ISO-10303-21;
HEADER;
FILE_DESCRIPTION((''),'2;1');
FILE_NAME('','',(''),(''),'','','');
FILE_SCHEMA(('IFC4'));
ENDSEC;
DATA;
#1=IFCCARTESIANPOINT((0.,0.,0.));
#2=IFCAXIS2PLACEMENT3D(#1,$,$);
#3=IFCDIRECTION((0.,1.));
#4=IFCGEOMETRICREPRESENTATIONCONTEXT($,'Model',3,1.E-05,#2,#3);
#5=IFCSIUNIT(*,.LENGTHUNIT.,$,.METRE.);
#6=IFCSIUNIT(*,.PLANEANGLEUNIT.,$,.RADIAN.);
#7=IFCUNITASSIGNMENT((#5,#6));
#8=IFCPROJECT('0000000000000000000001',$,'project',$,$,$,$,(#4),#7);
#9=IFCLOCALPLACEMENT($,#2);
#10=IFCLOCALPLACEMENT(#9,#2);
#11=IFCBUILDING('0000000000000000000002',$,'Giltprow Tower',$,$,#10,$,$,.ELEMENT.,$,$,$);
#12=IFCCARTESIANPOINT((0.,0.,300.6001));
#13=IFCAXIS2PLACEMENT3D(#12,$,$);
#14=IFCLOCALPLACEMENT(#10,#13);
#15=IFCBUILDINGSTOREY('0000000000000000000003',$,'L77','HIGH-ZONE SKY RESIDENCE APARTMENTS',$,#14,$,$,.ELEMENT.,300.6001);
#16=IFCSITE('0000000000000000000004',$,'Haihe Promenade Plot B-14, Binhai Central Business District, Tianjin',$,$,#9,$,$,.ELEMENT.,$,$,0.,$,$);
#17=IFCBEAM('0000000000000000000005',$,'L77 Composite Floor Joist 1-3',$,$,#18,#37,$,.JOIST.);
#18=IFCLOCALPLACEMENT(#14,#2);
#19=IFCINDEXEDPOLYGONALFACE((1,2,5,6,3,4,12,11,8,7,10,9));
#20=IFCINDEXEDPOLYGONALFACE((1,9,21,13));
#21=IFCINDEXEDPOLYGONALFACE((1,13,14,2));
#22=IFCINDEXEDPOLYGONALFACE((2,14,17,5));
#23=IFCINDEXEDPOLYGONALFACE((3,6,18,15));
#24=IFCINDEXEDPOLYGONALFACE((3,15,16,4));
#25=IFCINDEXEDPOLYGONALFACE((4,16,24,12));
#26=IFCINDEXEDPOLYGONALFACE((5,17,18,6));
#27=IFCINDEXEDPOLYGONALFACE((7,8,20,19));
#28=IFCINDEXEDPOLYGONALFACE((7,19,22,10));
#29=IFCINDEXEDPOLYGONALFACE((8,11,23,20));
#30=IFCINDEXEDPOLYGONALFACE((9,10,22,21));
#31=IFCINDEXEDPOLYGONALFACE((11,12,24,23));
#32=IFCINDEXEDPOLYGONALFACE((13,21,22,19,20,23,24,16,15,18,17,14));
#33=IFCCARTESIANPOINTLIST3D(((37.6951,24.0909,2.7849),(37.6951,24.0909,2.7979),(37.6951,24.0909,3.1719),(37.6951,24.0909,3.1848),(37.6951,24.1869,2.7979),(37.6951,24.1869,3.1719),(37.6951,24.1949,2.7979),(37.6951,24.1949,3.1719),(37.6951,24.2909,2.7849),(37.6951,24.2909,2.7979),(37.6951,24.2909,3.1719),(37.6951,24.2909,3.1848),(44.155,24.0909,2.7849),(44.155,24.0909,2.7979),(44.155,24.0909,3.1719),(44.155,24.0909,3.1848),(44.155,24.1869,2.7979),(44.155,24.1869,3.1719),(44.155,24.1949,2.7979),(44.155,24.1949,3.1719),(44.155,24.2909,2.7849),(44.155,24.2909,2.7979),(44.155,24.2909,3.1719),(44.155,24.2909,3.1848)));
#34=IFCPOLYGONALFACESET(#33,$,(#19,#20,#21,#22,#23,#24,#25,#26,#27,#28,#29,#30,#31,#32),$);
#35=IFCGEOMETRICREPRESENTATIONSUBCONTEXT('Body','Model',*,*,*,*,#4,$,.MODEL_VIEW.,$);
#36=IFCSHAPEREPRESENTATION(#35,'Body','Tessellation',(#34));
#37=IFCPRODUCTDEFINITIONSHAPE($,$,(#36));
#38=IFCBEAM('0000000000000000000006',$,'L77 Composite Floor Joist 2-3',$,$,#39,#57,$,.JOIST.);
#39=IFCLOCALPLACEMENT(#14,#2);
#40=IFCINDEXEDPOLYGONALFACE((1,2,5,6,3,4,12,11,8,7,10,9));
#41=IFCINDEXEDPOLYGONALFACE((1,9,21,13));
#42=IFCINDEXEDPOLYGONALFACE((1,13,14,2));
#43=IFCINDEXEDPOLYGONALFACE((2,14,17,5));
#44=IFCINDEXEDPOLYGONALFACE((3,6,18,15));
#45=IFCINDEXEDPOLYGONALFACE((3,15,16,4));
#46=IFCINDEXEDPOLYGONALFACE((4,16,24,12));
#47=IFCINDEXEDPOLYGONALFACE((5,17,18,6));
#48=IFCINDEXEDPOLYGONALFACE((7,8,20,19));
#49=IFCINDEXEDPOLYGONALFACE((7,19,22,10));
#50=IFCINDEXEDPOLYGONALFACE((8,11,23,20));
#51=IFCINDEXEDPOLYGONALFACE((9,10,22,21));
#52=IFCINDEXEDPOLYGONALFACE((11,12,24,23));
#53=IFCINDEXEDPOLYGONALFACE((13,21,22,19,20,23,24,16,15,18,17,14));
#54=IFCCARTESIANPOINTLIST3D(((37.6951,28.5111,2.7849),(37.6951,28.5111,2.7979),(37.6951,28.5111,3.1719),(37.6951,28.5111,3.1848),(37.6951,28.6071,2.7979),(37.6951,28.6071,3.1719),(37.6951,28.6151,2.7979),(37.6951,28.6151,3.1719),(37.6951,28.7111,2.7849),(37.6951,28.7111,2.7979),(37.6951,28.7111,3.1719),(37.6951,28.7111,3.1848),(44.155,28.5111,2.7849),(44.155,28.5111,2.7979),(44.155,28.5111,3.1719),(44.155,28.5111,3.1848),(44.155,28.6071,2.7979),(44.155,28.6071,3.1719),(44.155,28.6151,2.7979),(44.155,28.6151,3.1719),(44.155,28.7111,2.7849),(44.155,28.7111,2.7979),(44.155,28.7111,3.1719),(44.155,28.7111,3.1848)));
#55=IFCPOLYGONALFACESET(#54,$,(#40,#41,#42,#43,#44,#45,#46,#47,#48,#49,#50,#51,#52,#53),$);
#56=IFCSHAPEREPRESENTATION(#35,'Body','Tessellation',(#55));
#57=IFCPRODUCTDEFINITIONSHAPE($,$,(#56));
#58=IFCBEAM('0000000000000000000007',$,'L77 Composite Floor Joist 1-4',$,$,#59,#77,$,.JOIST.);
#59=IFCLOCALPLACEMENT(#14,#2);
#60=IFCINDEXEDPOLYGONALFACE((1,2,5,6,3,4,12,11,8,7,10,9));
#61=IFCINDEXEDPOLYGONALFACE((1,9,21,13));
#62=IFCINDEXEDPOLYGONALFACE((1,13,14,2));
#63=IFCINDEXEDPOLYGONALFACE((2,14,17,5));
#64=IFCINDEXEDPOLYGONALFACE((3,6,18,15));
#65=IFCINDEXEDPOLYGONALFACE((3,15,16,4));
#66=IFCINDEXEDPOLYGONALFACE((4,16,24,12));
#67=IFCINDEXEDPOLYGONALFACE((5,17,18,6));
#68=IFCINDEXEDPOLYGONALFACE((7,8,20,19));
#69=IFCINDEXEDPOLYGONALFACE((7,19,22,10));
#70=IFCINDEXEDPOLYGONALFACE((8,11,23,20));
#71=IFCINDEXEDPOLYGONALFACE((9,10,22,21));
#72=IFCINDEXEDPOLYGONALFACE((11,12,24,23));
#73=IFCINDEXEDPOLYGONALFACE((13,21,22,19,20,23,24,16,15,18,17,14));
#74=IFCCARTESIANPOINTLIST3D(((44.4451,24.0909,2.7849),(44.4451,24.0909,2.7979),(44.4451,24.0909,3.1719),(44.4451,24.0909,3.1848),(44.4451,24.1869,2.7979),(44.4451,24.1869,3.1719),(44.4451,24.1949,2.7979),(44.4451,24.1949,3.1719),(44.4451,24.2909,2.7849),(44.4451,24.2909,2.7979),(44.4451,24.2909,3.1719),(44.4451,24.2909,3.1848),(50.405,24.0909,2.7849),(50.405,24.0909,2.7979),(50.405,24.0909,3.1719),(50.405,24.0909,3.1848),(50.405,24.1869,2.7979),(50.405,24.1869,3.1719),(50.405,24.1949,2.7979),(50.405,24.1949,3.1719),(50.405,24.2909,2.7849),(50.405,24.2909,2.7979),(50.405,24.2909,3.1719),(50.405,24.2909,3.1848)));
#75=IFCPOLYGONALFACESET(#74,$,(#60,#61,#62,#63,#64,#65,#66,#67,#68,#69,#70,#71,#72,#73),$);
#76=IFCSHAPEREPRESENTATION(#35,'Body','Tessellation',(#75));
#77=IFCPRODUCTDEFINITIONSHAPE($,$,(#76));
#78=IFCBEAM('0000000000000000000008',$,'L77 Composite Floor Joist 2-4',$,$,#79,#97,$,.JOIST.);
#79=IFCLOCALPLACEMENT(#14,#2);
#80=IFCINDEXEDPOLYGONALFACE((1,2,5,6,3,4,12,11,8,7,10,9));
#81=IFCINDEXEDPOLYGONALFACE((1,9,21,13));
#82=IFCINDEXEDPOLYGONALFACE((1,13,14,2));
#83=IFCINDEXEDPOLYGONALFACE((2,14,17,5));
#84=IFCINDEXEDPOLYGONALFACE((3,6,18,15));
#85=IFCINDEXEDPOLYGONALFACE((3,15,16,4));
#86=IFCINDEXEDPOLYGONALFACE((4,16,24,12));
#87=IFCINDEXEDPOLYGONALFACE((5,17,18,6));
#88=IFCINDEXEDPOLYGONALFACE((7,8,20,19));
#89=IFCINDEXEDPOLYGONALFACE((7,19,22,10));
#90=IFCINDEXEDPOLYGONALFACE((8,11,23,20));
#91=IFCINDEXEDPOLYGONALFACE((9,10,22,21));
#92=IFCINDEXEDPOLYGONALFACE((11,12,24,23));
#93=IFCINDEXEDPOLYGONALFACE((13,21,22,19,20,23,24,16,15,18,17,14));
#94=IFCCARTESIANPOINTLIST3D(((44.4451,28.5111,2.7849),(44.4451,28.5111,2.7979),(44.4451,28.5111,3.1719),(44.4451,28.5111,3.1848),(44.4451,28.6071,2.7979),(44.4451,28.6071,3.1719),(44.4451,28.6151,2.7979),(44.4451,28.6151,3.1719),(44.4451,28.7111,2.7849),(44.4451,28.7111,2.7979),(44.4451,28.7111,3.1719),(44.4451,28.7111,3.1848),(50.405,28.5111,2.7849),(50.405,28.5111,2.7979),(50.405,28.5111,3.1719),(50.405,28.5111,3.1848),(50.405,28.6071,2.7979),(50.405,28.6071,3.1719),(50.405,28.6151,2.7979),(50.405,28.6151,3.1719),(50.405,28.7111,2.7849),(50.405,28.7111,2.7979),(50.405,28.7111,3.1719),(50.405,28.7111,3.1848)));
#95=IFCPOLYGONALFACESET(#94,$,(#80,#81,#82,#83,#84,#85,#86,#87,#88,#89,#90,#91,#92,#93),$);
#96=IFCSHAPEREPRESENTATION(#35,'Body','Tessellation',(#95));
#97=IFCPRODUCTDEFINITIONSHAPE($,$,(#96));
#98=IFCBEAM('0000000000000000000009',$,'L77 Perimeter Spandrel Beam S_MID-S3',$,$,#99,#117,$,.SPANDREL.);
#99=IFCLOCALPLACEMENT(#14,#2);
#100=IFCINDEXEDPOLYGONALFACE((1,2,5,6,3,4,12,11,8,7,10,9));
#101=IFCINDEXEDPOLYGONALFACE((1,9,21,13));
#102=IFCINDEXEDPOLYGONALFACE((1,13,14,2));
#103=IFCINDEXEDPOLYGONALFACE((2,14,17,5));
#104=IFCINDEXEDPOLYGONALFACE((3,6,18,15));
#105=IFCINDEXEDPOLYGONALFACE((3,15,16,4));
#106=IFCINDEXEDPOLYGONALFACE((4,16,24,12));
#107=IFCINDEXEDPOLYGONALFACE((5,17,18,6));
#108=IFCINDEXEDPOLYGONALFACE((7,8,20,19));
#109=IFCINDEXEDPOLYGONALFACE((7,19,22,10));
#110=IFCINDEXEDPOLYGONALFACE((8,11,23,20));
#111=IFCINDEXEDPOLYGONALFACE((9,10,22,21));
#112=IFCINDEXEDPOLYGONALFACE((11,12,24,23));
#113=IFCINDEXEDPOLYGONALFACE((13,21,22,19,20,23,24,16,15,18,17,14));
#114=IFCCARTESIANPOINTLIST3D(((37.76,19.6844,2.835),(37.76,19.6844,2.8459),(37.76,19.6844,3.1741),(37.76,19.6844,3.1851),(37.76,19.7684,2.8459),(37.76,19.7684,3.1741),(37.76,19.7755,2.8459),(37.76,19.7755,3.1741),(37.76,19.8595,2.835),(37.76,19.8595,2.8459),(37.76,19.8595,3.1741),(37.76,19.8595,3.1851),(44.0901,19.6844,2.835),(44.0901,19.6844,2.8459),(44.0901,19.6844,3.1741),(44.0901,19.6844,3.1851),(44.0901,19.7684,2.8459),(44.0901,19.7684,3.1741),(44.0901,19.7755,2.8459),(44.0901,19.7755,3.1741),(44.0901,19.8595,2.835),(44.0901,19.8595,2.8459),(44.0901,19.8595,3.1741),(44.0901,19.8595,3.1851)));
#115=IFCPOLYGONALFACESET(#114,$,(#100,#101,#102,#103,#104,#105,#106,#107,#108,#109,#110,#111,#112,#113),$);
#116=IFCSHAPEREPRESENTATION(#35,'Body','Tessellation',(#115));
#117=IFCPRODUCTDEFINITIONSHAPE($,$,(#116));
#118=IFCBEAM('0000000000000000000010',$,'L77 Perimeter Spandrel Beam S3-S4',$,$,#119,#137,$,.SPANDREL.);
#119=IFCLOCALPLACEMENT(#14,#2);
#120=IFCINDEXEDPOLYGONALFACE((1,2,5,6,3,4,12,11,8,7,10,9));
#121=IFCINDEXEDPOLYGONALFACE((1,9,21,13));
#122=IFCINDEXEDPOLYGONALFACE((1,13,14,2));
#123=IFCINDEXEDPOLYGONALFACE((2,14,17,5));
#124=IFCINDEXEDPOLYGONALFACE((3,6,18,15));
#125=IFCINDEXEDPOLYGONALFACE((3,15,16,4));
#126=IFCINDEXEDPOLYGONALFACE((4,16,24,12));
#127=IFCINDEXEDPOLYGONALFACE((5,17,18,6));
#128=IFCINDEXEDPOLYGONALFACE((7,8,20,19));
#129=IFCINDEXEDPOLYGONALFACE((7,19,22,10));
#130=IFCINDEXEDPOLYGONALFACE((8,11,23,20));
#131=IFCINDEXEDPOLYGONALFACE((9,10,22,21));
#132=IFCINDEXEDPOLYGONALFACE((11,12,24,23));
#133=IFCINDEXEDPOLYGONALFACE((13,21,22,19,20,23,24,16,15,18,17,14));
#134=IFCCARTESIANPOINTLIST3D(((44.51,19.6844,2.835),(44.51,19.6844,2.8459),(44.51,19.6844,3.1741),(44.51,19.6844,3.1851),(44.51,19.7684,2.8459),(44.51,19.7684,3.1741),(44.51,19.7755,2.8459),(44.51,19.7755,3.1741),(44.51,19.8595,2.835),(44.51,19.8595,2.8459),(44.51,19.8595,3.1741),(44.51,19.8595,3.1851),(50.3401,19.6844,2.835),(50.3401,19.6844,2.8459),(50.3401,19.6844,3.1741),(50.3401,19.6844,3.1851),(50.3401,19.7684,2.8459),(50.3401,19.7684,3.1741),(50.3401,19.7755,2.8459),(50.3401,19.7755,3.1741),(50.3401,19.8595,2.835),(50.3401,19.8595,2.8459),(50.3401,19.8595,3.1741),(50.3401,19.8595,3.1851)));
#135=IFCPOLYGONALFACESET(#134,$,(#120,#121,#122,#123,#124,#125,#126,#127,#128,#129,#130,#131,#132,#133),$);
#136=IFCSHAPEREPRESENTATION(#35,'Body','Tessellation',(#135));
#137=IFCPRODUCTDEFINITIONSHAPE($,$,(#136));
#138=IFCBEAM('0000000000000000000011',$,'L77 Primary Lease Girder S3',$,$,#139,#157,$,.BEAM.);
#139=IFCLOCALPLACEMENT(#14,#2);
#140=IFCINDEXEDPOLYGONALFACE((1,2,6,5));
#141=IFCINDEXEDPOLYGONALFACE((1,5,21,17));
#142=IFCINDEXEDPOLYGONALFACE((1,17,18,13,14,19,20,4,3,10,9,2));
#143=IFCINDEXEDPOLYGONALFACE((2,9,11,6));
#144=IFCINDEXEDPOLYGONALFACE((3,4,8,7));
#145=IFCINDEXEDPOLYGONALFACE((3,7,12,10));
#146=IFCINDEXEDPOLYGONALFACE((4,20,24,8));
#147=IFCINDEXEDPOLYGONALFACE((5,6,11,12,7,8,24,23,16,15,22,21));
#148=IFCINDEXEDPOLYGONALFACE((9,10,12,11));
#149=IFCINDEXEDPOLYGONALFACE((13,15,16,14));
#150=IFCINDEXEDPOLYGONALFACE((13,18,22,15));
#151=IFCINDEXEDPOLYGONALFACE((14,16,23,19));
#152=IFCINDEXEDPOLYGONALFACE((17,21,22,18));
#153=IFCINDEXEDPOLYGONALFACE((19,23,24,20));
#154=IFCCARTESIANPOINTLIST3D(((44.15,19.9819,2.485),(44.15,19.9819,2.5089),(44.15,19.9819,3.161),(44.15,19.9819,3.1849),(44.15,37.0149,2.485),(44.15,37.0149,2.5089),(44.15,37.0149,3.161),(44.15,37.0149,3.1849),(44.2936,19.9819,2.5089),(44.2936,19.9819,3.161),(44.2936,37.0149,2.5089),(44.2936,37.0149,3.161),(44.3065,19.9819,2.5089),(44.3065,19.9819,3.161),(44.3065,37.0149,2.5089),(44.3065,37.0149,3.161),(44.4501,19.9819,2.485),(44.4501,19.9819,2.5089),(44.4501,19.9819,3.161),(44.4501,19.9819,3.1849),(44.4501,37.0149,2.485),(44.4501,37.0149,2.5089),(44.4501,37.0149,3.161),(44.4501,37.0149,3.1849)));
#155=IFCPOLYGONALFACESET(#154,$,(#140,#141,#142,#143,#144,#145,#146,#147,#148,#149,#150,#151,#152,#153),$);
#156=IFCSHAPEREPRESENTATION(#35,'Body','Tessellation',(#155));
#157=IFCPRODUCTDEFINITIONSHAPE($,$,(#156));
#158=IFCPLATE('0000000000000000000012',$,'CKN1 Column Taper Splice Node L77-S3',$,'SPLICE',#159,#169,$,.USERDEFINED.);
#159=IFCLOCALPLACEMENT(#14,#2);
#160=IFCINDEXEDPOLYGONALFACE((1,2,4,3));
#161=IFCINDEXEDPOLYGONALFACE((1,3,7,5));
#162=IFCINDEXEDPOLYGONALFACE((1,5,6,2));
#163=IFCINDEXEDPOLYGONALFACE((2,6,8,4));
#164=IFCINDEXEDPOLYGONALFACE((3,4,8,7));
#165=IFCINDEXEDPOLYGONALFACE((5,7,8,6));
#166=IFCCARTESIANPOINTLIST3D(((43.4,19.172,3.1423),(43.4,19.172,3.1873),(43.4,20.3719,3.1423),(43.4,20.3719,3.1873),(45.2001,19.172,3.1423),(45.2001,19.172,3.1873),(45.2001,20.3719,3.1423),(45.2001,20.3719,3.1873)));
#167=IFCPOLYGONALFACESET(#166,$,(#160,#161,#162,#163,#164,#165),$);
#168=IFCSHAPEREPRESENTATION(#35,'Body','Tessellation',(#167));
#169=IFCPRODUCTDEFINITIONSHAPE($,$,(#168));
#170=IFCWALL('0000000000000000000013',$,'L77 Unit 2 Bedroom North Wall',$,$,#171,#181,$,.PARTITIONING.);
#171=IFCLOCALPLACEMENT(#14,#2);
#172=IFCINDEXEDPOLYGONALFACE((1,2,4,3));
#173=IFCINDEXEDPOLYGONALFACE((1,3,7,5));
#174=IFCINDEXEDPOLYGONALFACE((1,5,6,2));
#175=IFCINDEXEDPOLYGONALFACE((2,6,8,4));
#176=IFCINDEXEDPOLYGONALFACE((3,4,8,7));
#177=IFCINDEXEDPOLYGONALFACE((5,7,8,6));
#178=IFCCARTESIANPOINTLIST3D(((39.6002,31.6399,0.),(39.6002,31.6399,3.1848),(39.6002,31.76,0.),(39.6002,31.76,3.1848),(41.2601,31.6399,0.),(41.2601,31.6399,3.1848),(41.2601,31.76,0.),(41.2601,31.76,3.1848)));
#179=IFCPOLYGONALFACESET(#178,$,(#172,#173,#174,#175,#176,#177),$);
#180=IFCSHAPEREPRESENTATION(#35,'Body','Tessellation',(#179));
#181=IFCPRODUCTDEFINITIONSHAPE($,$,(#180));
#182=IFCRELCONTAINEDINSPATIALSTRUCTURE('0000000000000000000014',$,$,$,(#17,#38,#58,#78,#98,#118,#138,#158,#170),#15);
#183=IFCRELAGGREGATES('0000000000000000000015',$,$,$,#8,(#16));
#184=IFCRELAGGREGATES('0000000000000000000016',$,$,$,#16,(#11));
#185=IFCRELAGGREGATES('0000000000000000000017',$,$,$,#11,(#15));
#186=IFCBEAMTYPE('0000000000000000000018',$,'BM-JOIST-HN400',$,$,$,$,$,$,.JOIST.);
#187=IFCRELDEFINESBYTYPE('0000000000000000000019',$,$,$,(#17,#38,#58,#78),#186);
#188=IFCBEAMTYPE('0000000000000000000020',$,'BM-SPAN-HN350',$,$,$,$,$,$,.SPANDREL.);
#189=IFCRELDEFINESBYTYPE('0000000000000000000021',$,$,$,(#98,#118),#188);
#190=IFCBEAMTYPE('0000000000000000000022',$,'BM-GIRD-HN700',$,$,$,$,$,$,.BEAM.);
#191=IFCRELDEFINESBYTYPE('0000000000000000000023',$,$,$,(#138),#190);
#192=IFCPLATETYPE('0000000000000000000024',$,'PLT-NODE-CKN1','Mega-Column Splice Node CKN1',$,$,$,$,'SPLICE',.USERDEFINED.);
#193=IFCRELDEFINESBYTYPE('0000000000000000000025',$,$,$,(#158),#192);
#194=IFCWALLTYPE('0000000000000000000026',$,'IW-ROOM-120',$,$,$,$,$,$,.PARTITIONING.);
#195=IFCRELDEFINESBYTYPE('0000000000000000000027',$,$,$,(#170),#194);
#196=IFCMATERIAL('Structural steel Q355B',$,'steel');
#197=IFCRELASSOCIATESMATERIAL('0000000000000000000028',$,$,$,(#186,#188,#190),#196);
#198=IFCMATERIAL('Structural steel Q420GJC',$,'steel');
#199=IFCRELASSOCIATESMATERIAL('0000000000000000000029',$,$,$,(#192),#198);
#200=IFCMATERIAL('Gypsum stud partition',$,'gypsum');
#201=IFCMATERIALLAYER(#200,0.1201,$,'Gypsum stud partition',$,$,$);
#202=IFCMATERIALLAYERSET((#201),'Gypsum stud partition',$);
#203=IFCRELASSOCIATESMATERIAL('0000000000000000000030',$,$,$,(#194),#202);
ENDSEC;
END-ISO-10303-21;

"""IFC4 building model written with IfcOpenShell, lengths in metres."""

from ifc_helpers import new_model, si_unit, direction, frame, frame_2d, origin, origin_2d, place, context, subcontext, project, spatial, rectangle, i_section, extrude, source, transform, mapped, material, layer, layer_set, material_profile, profile_set, type_object, element, save


model = new_model("IFC4")

# Units and contexts
model_context = context("Model", 3, precision=1e-05, world=origin(), true_north=direction((0.0, 1.0)))
body_context = subcontext(model_context, "Body", "Model", "MODEL_VIEW")
ifc_project = project(units=[si_unit("LENGTHUNIT", "METRE"), si_unit("PLANEANGLEUNIT", "RADIAN")], contexts=[model_context])

# Site, building, storey
site_placement = place(None, origin())
site = spatial("IfcSite", under=ifc_project, at=site_placement, Name="Haihe Promenade Plot B-14, Binhai Central Business District, Tianjin", CompositionType="ELEMENT", RefElevation=0.0)
building_placement = place(site_placement, origin())
building = spatial("IfcBuilding", under=site, at=building_placement, Name="Giltprow Tower", CompositionType="ELEMENT")
storey_placement = place(building_placement, frame((0.0, 0.0, 300.6001)))
storey = spatial("IfcBuildingStorey", under=building, at=storey_placement, Name="L77", Description="HIGH-ZONE SKY RESIDENCE APARTMENTS", CompositionType="ELEMENT", Elevation=300.6001)

# Beams
ifc_material_1 = material(Name="Structural steel Q355B", Category="steel")
ifc_material_profile_1 = material_profile(ifc_material_1, i_section(OverallWidth=0.2, OverallDepth=0.3999, WebThickness=0.0081, FlangeThickness=0.0129, at=origin_2d()), Name="HN 400x200x8x13")
ifc_profile_set_1 = profile_set([ifc_material_profile_1], Name="Structural steel Q355B")
beam_type_1 = type_object("IfcBeamType", Name="BM-JOIST-HN400", PredefinedType="JOIST", material=ifc_profile_set_1)
shared_shape_1 = source(origin(), body_context, "Body", "SweptSolid", [
    extrude(i_section(OverallWidth=0.2, OverallDepth=0.3999, WebThickness=0.0081, FlangeThickness=0.0129, at=origin_2d()), origin(), (0.0, 0.0, 1.0), 6.46),
])
for number, where, z_axis, x_axis, name in (
    (1, (37.6951, 24.1909, 2.9849), (1.0, 0.0, 0.0), (0.0, 1.0, 0.0), "L77 Composite Floor Joist 1-3"),
    (2, (37.6951, 28.6111, 2.9849), (1.0, 0.0, 0.0), (0.0, 1.0, 0.0), "L77 Composite Floor Joist 2-3"),
):
    element("IfcBeam", number, at=place(storey_placement, frame(where, z_axis=z_axis, x_axis=x_axis)), inside=storey, type_object=beam_type_1, Name=name, PredefinedType="JOIST", context=body_context, shape_type="MappedRepresentation", body=[
        mapped(shared_shape_1, transform((0.0, 0.0, 0.0), x_axis=(1.0, 0.0, 0.0), y_axis=(0.0, 1.0, 0.0), z_axis=(0.0, 0.0, 1.0), scale=1.0)),
    ])
shared_shape_2 = source(origin(), body_context, "Body", "SweptSolid", [
    extrude(i_section(OverallWidth=0.2, OverallDepth=0.3999, WebThickness=0.0081, FlangeThickness=0.0129, at=origin_2d()), origin(), (0.0, 0.0, 1.0), 5.96),
])
for number, where, z_axis, x_axis, name in (
    (3, (44.4451, 24.1909, 2.9849), (1.0, 0.0, 0.0), (0.0, 1.0, 0.0), "L77 Composite Floor Joist 1-4"),
    (4, (44.4451, 28.6111, 2.9849), (1.0, 0.0, 0.0), (0.0, 1.0, 0.0), "L77 Composite Floor Joist 2-4"),
):
    element("IfcBeam", number, at=place(storey_placement, frame(where, z_axis=z_axis, x_axis=x_axis)), inside=storey, type_object=beam_type_1, Name=name, PredefinedType="JOIST", context=body_context, shape_type="MappedRepresentation", body=[
        mapped(shared_shape_2, transform((0.0, 0.0, 0.0), x_axis=(1.0, 0.0, 0.0), y_axis=(0.0, 1.0, 0.0), z_axis=(0.0, 0.0, 1.0), scale=1.0)),
    ])
ifc_material_profile_2 = material_profile(ifc_material_1, i_section(OverallWidth=0.175, OverallDepth=0.3501, WebThickness=0.0071, FlangeThickness=0.011, at=origin_2d()), Name="HN 350x175x7x11")
ifc_profile_set_2 = profile_set([ifc_material_profile_2], Name="Structural steel Q355B")
beam_type_2 = type_object("IfcBeamType", Name="BM-SPAN-HN350", PredefinedType="SPANDREL", material=ifc_profile_set_2)
shared_shape_3 = source(origin(), body_context, "Body", "SweptSolid", [
    extrude(i_section(OverallWidth=0.175, OverallDepth=0.3501, WebThickness=0.0071, FlangeThickness=0.011, at=origin_2d()), origin(), (0.0, 0.0, 1.0), 6.3301),
])
beam_1_placement = place(storey_placement, frame((37.76, 19.772, 3.01), z_axis=(1.0, 0.0, 0.0), x_axis=(0.0, 1.0, 0.0)))
element("IfcBeam", 5, at=beam_1_placement, inside=storey, type_object=beam_type_2, Name="L77 Perimeter Spandrel Beam S_MID-S3", PredefinedType="SPANDREL", context=body_context, shape_type="MappedRepresentation", body=[
    mapped(shared_shape_3, transform((0.0, 0.0, 0.0), x_axis=(1.0, 0.0, 0.0), y_axis=(0.0, 1.0, 0.0), z_axis=(0.0, 0.0, 1.0), scale=1.0)),
])
shared_shape_4 = source(origin(), body_context, "Body", "SweptSolid", [
    extrude(i_section(OverallWidth=0.175, OverallDepth=0.3501, WebThickness=0.0071, FlangeThickness=0.011, at=origin_2d()), origin(), (0.0, 0.0, 1.0), 5.8301),
])
beam_2_placement = place(storey_placement, frame((44.51, 19.772, 3.01), z_axis=(1.0, 0.0, 0.0), x_axis=(0.0, 1.0, 0.0)))
element("IfcBeam", 6, at=beam_2_placement, inside=storey, type_object=beam_type_2, Name="L77 Perimeter Spandrel Beam S3-S4", PredefinedType="SPANDREL", context=body_context, shape_type="MappedRepresentation", body=[
    mapped(shared_shape_4, transform((0.0, 0.0, 0.0), x_axis=(1.0, 0.0, 0.0), y_axis=(0.0, 1.0, 0.0), z_axis=(0.0, 0.0, 1.0), scale=1.0)),
])
ifc_material_profile_3 = material_profile(ifc_material_1, i_section(OverallWidth=0.3, OverallDepth=0.7, WebThickness=0.0129, FlangeThickness=0.0239, at=origin_2d()), Name="HN 700x300x13x24")
ifc_profile_set_3 = profile_set([ifc_material_profile_3], Name="Structural steel Q355B")
beam_type_3 = type_object("IfcBeamType", Name="BM-GIRD-HN700", PredefinedType="BEAM", material=ifc_profile_set_3)
shared_shape_5 = source(origin(), body_context, "Body", "SweptSolid", [
    extrude(i_section(OverallWidth=0.3, OverallDepth=0.7, WebThickness=0.0129, FlangeThickness=0.0239, at=origin_2d()), origin(), (0.0, 0.0, 1.0), 17.033),
])
beam_3_placement = place(storey_placement, frame((44.3, 19.9819, 2.835), z_axis=(0.0, 1.0, 0.0), x_axis=(-1.0, 0.0, 0.0)))
element("IfcBeam", 7, at=beam_3_placement, inside=storey, type_object=beam_type_3, Name="L77 Primary Lease Girder S3", PredefinedType="BEAM", context=body_context, shape_type="MappedRepresentation", body=[
    mapped(shared_shape_5, transform((0.0, 0.0, 0.0), x_axis=(1.0, 0.0, 0.0), y_axis=(0.0, 1.0, 0.0), z_axis=(0.0, 0.0, 1.0), scale=1.0)),
])

# Plate
ifc_material_2 = material(Name="Structural steel Q420GJC", Category="steel")
plate_type = type_object("IfcPlateType", Name="PLT-NODE-CKN1", Description="Mega-Column Splice Node CKN1", ElementType="SPLICE", PredefinedType="USERDEFINED", material=ifc_material_2)
shared_shape_6 = source(origin(), body_context, "Body", "SweptSolid", [
    extrude(rectangle(XDim=1.8, YDim=1.2, at=origin_2d()), origin(), (0.0, 0.0, 1.0), 0.0449),
])
plate_placement = place(storey_placement, frame((44.3, 19.772, 3.1423), z_axis=(0.0, 0.0, 1.0), x_axis=(1.0, 0.0, 0.0)))
element("IfcPlate", 8, at=plate_placement, inside=storey, type_object=plate_type, Name="CKN1 Column Taper Splice Node L77-S3", ObjectType="SPLICE", PredefinedType="USERDEFINED", context=body_context, shape_type="MappedRepresentation", body=[
    mapped(shared_shape_6, transform((0.0, 0.0, 0.0), x_axis=(1.0, 0.0, 0.0), y_axis=(0.0, 1.0, 0.0), z_axis=(0.0, 0.0, 1.0), scale=1.0)),
])

# Wall
ifc_material_3 = material(Name="Gypsum stud partition", Category="gypsum")
ifc_layer_1 = layer(ifc_material_3, 0.1201, Name="Gypsum stud partition")
ifc_layer_set_1 = layer_set([ifc_layer_1], Name="Gypsum stud partition")
wall_type_1 = type_object("IfcWallType", Name="IW-ROOM-120", PredefinedType="PARTITIONING", material=ifc_layer_set_1)
wall_1_placement = place(storey_placement, frame((39.6001, 31.7, 0.0), z_axis=(0.0, 0.0, 1.0), x_axis=(1.0, 0.0, 0.0)))
element("IfcWall", 9, at=wall_1_placement, inside=storey, type_object=wall_type_1, Name="L77 Unit 2 Bedroom North Wall", PredefinedType="PARTITIONING", context=body_context, shape_type="SweptSolid", body=[
    extrude(rectangle(XDim=1.6599, YDim=0.1201, at=frame_2d((0.8301, 0.0))), origin(), (0.0, 0.0, 1.0), 3.1848),
])

save(model, "model.ifc")
